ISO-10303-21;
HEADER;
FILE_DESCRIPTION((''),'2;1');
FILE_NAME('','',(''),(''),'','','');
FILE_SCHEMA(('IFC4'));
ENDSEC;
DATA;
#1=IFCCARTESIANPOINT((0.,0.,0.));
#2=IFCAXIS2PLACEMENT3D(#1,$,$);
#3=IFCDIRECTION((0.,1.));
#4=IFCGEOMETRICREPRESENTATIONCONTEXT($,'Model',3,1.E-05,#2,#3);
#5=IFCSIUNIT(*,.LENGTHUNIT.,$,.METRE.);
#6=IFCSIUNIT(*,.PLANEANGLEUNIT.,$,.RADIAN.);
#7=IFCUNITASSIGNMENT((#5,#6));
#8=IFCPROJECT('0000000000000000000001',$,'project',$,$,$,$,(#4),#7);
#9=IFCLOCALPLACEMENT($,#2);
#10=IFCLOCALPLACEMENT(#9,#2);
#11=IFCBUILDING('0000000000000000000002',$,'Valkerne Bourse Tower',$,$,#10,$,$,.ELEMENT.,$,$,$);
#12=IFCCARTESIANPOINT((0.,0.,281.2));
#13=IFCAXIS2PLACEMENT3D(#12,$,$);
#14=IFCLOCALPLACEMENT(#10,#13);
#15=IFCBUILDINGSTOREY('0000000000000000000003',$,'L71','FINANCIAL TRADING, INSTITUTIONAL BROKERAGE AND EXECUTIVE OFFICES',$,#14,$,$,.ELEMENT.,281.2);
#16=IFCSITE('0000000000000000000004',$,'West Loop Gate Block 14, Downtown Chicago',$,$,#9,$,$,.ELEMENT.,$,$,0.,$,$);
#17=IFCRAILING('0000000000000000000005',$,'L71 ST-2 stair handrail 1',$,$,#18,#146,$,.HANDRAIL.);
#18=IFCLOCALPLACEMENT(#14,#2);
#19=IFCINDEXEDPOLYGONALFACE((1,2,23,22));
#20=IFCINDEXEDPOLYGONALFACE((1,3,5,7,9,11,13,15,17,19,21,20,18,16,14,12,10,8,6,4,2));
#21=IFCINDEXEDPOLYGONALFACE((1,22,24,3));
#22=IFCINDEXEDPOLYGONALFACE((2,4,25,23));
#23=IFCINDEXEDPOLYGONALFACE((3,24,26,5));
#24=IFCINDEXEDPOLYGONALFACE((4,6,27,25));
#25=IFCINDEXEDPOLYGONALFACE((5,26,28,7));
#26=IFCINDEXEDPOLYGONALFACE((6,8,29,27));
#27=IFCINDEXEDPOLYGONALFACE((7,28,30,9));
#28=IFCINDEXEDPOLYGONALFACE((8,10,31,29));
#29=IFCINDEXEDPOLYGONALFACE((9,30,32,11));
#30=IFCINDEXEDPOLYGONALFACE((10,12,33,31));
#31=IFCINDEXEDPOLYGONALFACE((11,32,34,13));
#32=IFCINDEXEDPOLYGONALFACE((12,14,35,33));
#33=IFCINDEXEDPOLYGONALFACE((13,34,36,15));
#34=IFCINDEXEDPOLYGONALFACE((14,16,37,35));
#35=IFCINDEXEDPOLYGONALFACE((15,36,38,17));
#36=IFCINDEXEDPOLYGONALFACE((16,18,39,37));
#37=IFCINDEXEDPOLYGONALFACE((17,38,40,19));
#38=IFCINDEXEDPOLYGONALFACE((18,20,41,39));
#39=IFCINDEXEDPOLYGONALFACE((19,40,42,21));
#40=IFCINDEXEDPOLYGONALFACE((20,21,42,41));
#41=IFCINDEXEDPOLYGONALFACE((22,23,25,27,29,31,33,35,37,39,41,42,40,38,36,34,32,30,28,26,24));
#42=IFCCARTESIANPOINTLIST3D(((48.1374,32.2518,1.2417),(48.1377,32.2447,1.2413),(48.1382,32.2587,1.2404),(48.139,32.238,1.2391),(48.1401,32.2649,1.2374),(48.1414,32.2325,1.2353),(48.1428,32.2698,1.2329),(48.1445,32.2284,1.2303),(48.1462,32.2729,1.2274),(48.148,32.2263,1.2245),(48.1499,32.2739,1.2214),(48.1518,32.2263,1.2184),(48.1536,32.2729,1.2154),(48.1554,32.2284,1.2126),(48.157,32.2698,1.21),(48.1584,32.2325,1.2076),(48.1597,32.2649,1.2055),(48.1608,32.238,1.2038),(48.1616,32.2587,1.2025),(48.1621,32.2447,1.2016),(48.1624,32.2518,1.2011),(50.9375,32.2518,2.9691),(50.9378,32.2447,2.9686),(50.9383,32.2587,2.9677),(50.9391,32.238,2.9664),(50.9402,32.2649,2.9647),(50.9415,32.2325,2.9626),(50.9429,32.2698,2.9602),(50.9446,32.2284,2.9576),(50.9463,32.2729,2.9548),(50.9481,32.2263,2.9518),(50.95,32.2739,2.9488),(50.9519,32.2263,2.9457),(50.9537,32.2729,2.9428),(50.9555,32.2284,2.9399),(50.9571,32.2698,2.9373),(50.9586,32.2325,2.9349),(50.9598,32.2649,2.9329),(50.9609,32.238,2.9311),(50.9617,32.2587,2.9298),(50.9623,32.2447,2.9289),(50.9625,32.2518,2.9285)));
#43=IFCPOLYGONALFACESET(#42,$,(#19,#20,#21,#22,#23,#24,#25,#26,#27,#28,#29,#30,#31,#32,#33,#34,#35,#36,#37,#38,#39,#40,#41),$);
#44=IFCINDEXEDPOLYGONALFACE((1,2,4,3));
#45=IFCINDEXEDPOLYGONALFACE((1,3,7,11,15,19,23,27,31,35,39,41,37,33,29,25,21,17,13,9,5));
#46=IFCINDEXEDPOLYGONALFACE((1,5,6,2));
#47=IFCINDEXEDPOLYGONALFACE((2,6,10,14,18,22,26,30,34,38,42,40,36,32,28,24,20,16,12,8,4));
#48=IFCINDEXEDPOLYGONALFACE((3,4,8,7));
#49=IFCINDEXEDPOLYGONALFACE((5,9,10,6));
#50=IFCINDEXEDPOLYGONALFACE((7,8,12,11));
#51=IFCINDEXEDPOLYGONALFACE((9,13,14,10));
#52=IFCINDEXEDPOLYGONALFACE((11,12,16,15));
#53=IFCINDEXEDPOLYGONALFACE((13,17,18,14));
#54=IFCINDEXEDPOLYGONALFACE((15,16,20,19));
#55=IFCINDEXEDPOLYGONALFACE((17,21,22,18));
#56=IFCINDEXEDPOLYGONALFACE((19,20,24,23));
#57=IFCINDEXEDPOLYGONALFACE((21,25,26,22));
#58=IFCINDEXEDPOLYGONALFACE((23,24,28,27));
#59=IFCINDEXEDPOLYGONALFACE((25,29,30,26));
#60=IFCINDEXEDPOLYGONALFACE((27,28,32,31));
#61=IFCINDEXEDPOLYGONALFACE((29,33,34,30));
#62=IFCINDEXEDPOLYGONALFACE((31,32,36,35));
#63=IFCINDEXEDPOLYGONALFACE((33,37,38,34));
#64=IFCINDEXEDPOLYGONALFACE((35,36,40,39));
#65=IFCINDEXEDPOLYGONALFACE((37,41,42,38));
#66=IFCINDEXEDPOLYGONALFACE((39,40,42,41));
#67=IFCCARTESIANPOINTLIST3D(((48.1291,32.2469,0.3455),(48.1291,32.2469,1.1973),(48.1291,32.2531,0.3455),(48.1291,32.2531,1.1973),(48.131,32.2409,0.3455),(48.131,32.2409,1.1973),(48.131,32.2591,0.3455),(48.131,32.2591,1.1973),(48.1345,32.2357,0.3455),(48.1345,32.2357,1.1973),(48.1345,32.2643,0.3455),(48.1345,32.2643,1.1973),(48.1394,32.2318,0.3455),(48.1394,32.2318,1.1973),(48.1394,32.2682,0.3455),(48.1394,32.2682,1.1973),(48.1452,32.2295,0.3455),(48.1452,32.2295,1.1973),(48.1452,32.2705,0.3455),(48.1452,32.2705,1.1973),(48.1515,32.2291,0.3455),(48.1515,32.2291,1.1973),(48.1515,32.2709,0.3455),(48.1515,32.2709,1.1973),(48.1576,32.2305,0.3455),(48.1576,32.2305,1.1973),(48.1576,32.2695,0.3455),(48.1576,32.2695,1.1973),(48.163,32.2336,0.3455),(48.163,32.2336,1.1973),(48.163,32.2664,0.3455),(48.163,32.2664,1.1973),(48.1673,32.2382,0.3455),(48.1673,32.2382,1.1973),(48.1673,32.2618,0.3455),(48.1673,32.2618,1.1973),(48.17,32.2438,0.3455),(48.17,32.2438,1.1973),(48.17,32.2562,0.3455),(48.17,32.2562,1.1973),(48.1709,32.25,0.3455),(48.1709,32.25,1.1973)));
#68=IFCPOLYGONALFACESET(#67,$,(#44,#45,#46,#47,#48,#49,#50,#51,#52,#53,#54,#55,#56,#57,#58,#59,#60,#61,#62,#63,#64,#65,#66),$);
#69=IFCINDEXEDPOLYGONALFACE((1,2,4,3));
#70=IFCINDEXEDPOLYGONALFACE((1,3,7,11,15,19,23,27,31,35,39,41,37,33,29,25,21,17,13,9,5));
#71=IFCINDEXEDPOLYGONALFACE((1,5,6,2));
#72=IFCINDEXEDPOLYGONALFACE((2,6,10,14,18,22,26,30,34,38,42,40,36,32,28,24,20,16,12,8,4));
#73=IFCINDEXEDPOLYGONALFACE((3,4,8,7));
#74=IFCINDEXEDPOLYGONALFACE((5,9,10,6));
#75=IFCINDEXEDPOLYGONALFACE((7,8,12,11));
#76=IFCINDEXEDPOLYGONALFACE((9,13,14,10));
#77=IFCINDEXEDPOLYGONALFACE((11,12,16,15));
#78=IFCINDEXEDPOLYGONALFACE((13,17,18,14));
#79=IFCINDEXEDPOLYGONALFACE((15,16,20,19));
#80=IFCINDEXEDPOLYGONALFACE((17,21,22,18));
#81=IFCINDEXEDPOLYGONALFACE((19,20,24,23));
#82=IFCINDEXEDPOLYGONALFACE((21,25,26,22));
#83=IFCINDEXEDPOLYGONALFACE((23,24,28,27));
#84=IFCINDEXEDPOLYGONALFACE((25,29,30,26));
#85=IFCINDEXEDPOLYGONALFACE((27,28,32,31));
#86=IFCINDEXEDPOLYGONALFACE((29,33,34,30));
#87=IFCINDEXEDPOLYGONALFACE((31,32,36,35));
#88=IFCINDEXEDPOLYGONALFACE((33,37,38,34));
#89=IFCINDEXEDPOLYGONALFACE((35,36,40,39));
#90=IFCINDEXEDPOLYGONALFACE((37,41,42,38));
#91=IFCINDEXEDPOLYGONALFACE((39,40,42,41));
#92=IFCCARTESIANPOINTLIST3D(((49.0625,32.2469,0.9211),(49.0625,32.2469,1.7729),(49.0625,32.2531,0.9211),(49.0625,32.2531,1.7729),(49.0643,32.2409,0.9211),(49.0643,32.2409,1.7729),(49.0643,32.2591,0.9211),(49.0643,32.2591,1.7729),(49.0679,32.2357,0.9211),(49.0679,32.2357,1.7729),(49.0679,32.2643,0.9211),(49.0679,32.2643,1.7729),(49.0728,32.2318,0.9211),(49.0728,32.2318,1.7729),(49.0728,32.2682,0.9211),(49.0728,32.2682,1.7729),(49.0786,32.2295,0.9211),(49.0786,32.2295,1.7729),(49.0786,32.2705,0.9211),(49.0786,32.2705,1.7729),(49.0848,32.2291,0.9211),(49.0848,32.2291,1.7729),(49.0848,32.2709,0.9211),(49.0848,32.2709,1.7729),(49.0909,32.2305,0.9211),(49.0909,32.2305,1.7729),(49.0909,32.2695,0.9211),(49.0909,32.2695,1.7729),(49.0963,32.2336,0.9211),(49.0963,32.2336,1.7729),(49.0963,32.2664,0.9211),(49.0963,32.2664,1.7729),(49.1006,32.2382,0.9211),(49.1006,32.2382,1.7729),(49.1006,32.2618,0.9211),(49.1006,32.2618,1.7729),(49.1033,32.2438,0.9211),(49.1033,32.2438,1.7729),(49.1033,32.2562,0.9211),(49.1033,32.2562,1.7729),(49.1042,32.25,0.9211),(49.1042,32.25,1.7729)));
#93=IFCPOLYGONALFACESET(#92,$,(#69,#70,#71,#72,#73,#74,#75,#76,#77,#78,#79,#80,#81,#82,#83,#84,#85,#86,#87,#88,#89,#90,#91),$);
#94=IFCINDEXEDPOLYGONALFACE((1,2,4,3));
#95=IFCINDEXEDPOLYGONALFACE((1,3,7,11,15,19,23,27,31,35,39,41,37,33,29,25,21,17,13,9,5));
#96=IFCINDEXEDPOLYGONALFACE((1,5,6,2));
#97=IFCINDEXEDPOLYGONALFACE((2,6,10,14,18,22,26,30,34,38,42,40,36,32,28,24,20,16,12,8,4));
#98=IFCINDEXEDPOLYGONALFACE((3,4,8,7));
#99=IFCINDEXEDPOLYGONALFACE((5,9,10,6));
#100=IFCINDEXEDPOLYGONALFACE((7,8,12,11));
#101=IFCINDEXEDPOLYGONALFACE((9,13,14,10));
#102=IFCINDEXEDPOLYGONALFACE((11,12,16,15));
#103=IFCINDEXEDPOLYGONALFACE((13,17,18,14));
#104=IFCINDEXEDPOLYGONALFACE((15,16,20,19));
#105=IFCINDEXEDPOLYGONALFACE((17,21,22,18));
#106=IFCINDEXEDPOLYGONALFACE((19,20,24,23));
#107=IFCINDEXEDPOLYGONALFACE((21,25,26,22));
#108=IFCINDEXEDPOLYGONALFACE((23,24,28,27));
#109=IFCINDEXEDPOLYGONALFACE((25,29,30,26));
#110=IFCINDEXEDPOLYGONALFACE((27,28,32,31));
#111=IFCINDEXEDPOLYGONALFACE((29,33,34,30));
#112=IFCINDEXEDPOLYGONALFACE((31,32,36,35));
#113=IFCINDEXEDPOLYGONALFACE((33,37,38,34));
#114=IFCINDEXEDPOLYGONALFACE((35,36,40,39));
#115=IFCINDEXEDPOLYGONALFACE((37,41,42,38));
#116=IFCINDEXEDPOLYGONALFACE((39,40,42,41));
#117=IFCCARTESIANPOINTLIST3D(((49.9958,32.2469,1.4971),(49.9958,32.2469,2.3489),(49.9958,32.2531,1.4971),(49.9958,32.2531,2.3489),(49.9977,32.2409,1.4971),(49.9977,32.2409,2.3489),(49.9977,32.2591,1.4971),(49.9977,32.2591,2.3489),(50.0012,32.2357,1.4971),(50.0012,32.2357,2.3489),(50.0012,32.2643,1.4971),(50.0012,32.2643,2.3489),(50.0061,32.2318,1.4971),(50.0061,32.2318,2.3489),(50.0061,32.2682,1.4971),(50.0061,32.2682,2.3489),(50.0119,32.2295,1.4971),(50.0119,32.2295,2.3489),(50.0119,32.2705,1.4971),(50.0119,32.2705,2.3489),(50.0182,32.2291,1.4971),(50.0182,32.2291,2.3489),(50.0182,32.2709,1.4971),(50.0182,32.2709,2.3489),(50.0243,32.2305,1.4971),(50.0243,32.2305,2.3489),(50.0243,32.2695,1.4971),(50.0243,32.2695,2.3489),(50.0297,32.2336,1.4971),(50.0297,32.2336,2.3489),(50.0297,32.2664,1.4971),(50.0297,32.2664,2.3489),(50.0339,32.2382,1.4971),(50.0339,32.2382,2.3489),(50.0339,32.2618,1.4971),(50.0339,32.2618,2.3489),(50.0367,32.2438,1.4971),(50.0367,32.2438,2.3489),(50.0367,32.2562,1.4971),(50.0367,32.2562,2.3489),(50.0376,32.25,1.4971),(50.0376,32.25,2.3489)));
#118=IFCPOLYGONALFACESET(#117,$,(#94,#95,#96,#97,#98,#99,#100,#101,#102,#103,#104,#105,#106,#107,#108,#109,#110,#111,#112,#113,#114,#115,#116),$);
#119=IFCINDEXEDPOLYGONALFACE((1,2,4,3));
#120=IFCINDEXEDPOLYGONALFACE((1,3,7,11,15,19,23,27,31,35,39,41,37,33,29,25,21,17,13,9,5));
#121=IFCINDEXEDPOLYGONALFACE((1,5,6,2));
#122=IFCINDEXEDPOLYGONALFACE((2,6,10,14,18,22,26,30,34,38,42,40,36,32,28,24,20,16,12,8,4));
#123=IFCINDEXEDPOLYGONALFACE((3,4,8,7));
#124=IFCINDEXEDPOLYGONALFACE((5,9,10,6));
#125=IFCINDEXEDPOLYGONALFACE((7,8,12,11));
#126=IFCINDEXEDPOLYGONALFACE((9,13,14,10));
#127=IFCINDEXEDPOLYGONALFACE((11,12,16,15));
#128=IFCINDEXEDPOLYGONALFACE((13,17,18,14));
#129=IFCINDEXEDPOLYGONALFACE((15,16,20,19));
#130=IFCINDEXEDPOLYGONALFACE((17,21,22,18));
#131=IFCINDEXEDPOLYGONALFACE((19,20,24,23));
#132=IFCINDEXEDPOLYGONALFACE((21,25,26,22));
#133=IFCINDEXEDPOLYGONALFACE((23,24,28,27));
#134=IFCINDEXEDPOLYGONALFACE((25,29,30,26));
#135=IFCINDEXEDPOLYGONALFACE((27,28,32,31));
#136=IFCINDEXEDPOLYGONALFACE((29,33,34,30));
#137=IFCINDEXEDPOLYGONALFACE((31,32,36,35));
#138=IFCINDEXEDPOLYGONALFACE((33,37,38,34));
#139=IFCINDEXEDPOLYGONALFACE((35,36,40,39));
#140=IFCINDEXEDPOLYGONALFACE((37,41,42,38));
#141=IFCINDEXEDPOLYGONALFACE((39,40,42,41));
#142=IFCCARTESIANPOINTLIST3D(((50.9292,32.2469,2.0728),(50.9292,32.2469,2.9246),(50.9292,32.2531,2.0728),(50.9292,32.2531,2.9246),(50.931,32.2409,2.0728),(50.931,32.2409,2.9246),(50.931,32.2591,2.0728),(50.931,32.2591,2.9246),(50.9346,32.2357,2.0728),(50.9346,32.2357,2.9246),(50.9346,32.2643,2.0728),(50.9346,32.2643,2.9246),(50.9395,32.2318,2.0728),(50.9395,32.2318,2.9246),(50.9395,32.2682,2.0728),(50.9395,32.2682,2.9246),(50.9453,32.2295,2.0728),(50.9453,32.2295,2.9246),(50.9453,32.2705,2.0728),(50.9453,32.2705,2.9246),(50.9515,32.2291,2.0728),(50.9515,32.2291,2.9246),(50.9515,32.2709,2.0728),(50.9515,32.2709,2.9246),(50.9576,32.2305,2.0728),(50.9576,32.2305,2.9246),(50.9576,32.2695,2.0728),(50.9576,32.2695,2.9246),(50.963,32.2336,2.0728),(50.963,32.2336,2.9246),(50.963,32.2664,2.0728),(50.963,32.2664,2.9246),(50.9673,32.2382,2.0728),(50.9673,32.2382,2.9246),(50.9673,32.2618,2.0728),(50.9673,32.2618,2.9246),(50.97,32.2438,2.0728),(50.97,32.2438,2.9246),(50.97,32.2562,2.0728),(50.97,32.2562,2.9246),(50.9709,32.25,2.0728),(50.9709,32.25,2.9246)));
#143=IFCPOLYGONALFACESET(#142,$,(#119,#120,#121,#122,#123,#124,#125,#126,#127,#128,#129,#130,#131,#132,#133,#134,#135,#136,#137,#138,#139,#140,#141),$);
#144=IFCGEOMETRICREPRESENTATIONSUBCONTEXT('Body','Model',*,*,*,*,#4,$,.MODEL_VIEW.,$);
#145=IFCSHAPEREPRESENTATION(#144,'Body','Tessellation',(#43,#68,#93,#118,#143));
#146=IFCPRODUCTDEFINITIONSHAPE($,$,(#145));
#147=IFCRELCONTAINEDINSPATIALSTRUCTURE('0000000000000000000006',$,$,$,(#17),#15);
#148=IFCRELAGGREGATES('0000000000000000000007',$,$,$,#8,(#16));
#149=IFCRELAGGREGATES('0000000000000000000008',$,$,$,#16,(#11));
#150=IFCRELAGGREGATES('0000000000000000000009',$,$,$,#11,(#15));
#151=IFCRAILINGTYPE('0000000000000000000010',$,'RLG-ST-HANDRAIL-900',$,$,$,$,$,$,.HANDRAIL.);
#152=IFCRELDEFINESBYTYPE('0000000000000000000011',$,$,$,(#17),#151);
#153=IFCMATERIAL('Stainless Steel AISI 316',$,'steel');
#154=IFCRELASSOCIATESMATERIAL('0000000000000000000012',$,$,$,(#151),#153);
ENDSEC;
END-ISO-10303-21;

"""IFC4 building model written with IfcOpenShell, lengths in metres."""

from ifc_helpers import new_model, si_unit, direction, frame, origin, origin_2d, place, context, subcontext, project, spatial, circle, extrude, material, type_object, element, save


model = new_model("IFC4")

# Units and contexts
model_context = context("Model", 3, precision=1e-05, world=origin(), true_north=direction((0.0, 1.0)))
body_context = subcontext(model_context, "Body", "Model", "MODEL_VIEW")
ifc_project = project(units=[si_unit("LENGTHUNIT", "METRE"), si_unit("PLANEANGLEUNIT", "RADIAN")], contexts=[model_context])

# Site, building, storey
site_placement = place(None, origin())
site = spatial("IfcSite", under=ifc_project, at=site_placement, Name="West Loop Gate Block 14, Downtown Chicago", CompositionType="ELEMENT", RefElevation=0.0)
building_placement = place(site_placement, origin())
building = spatial("IfcBuilding", under=site, at=building_placement, Name="Valkerne Bourse Tower", CompositionType="ELEMENT")
storey_placement = place(building_placement, frame((0.0, 0.0, 281.2)))
storey = spatial("IfcBuildingStorey", under=building, at=storey_placement, Name="L71", Description="FINANCIAL TRADING, INSTITUTIONAL BROKERAGE AND EXECUTIVE OFFICES", CompositionType="ELEMENT", Elevation=281.2)

# Shared definitions
ifc_material_1 = material(Name="Stainless Steel AISI 316", Category="steel")

# Railing
railing_type_1 = type_object("IfcRailingType", Name="RLG-ST-HANDRAIL-900", PredefinedType="HANDRAIL", material=ifc_material_1)
railing_1_placement = place(storey_placement, frame((48.1499, 32.25, 0.3455)))
element("IfcRailing", 1, at=railing_1_placement, inside=storey, type_object=railing_type_1, Name="L71 ST-2 stair handrail 1", PredefinedType="HANDRAIL", context=body_context, shape_type="SweptSolid", body=[
    extrude(circle(Radius=0.0239, at=origin_2d()), frame((0.0, 0.0, 0.876), z_axis=(0.85109, 0.0, 0.52502), x_axis=(0.0, 1.0, 0.0)), (0.0, 0.0, 1.0), 3.29),
    extrude(circle(Radius=0.021, at=origin_2d()), origin(), (0.0, 0.0, 1.0), 0.8518),
    extrude(circle(Radius=0.021, at=origin_2d()), frame((0.9333, 0.0, 0.5757)), (0.0, 0.0, 1.0), 0.8518),
    extrude(circle(Radius=0.021, at=origin_2d()), frame((1.8667, 0.0, 1.1516)), (0.0, 0.0, 1.0), 0.8518),
    extrude(circle(Radius=0.021, at=origin_2d()), frame((2.8, 0.0, 1.7273)), (0.0, 0.0, 1.0), 0.8518),
])

save(model, "model.ifc")
